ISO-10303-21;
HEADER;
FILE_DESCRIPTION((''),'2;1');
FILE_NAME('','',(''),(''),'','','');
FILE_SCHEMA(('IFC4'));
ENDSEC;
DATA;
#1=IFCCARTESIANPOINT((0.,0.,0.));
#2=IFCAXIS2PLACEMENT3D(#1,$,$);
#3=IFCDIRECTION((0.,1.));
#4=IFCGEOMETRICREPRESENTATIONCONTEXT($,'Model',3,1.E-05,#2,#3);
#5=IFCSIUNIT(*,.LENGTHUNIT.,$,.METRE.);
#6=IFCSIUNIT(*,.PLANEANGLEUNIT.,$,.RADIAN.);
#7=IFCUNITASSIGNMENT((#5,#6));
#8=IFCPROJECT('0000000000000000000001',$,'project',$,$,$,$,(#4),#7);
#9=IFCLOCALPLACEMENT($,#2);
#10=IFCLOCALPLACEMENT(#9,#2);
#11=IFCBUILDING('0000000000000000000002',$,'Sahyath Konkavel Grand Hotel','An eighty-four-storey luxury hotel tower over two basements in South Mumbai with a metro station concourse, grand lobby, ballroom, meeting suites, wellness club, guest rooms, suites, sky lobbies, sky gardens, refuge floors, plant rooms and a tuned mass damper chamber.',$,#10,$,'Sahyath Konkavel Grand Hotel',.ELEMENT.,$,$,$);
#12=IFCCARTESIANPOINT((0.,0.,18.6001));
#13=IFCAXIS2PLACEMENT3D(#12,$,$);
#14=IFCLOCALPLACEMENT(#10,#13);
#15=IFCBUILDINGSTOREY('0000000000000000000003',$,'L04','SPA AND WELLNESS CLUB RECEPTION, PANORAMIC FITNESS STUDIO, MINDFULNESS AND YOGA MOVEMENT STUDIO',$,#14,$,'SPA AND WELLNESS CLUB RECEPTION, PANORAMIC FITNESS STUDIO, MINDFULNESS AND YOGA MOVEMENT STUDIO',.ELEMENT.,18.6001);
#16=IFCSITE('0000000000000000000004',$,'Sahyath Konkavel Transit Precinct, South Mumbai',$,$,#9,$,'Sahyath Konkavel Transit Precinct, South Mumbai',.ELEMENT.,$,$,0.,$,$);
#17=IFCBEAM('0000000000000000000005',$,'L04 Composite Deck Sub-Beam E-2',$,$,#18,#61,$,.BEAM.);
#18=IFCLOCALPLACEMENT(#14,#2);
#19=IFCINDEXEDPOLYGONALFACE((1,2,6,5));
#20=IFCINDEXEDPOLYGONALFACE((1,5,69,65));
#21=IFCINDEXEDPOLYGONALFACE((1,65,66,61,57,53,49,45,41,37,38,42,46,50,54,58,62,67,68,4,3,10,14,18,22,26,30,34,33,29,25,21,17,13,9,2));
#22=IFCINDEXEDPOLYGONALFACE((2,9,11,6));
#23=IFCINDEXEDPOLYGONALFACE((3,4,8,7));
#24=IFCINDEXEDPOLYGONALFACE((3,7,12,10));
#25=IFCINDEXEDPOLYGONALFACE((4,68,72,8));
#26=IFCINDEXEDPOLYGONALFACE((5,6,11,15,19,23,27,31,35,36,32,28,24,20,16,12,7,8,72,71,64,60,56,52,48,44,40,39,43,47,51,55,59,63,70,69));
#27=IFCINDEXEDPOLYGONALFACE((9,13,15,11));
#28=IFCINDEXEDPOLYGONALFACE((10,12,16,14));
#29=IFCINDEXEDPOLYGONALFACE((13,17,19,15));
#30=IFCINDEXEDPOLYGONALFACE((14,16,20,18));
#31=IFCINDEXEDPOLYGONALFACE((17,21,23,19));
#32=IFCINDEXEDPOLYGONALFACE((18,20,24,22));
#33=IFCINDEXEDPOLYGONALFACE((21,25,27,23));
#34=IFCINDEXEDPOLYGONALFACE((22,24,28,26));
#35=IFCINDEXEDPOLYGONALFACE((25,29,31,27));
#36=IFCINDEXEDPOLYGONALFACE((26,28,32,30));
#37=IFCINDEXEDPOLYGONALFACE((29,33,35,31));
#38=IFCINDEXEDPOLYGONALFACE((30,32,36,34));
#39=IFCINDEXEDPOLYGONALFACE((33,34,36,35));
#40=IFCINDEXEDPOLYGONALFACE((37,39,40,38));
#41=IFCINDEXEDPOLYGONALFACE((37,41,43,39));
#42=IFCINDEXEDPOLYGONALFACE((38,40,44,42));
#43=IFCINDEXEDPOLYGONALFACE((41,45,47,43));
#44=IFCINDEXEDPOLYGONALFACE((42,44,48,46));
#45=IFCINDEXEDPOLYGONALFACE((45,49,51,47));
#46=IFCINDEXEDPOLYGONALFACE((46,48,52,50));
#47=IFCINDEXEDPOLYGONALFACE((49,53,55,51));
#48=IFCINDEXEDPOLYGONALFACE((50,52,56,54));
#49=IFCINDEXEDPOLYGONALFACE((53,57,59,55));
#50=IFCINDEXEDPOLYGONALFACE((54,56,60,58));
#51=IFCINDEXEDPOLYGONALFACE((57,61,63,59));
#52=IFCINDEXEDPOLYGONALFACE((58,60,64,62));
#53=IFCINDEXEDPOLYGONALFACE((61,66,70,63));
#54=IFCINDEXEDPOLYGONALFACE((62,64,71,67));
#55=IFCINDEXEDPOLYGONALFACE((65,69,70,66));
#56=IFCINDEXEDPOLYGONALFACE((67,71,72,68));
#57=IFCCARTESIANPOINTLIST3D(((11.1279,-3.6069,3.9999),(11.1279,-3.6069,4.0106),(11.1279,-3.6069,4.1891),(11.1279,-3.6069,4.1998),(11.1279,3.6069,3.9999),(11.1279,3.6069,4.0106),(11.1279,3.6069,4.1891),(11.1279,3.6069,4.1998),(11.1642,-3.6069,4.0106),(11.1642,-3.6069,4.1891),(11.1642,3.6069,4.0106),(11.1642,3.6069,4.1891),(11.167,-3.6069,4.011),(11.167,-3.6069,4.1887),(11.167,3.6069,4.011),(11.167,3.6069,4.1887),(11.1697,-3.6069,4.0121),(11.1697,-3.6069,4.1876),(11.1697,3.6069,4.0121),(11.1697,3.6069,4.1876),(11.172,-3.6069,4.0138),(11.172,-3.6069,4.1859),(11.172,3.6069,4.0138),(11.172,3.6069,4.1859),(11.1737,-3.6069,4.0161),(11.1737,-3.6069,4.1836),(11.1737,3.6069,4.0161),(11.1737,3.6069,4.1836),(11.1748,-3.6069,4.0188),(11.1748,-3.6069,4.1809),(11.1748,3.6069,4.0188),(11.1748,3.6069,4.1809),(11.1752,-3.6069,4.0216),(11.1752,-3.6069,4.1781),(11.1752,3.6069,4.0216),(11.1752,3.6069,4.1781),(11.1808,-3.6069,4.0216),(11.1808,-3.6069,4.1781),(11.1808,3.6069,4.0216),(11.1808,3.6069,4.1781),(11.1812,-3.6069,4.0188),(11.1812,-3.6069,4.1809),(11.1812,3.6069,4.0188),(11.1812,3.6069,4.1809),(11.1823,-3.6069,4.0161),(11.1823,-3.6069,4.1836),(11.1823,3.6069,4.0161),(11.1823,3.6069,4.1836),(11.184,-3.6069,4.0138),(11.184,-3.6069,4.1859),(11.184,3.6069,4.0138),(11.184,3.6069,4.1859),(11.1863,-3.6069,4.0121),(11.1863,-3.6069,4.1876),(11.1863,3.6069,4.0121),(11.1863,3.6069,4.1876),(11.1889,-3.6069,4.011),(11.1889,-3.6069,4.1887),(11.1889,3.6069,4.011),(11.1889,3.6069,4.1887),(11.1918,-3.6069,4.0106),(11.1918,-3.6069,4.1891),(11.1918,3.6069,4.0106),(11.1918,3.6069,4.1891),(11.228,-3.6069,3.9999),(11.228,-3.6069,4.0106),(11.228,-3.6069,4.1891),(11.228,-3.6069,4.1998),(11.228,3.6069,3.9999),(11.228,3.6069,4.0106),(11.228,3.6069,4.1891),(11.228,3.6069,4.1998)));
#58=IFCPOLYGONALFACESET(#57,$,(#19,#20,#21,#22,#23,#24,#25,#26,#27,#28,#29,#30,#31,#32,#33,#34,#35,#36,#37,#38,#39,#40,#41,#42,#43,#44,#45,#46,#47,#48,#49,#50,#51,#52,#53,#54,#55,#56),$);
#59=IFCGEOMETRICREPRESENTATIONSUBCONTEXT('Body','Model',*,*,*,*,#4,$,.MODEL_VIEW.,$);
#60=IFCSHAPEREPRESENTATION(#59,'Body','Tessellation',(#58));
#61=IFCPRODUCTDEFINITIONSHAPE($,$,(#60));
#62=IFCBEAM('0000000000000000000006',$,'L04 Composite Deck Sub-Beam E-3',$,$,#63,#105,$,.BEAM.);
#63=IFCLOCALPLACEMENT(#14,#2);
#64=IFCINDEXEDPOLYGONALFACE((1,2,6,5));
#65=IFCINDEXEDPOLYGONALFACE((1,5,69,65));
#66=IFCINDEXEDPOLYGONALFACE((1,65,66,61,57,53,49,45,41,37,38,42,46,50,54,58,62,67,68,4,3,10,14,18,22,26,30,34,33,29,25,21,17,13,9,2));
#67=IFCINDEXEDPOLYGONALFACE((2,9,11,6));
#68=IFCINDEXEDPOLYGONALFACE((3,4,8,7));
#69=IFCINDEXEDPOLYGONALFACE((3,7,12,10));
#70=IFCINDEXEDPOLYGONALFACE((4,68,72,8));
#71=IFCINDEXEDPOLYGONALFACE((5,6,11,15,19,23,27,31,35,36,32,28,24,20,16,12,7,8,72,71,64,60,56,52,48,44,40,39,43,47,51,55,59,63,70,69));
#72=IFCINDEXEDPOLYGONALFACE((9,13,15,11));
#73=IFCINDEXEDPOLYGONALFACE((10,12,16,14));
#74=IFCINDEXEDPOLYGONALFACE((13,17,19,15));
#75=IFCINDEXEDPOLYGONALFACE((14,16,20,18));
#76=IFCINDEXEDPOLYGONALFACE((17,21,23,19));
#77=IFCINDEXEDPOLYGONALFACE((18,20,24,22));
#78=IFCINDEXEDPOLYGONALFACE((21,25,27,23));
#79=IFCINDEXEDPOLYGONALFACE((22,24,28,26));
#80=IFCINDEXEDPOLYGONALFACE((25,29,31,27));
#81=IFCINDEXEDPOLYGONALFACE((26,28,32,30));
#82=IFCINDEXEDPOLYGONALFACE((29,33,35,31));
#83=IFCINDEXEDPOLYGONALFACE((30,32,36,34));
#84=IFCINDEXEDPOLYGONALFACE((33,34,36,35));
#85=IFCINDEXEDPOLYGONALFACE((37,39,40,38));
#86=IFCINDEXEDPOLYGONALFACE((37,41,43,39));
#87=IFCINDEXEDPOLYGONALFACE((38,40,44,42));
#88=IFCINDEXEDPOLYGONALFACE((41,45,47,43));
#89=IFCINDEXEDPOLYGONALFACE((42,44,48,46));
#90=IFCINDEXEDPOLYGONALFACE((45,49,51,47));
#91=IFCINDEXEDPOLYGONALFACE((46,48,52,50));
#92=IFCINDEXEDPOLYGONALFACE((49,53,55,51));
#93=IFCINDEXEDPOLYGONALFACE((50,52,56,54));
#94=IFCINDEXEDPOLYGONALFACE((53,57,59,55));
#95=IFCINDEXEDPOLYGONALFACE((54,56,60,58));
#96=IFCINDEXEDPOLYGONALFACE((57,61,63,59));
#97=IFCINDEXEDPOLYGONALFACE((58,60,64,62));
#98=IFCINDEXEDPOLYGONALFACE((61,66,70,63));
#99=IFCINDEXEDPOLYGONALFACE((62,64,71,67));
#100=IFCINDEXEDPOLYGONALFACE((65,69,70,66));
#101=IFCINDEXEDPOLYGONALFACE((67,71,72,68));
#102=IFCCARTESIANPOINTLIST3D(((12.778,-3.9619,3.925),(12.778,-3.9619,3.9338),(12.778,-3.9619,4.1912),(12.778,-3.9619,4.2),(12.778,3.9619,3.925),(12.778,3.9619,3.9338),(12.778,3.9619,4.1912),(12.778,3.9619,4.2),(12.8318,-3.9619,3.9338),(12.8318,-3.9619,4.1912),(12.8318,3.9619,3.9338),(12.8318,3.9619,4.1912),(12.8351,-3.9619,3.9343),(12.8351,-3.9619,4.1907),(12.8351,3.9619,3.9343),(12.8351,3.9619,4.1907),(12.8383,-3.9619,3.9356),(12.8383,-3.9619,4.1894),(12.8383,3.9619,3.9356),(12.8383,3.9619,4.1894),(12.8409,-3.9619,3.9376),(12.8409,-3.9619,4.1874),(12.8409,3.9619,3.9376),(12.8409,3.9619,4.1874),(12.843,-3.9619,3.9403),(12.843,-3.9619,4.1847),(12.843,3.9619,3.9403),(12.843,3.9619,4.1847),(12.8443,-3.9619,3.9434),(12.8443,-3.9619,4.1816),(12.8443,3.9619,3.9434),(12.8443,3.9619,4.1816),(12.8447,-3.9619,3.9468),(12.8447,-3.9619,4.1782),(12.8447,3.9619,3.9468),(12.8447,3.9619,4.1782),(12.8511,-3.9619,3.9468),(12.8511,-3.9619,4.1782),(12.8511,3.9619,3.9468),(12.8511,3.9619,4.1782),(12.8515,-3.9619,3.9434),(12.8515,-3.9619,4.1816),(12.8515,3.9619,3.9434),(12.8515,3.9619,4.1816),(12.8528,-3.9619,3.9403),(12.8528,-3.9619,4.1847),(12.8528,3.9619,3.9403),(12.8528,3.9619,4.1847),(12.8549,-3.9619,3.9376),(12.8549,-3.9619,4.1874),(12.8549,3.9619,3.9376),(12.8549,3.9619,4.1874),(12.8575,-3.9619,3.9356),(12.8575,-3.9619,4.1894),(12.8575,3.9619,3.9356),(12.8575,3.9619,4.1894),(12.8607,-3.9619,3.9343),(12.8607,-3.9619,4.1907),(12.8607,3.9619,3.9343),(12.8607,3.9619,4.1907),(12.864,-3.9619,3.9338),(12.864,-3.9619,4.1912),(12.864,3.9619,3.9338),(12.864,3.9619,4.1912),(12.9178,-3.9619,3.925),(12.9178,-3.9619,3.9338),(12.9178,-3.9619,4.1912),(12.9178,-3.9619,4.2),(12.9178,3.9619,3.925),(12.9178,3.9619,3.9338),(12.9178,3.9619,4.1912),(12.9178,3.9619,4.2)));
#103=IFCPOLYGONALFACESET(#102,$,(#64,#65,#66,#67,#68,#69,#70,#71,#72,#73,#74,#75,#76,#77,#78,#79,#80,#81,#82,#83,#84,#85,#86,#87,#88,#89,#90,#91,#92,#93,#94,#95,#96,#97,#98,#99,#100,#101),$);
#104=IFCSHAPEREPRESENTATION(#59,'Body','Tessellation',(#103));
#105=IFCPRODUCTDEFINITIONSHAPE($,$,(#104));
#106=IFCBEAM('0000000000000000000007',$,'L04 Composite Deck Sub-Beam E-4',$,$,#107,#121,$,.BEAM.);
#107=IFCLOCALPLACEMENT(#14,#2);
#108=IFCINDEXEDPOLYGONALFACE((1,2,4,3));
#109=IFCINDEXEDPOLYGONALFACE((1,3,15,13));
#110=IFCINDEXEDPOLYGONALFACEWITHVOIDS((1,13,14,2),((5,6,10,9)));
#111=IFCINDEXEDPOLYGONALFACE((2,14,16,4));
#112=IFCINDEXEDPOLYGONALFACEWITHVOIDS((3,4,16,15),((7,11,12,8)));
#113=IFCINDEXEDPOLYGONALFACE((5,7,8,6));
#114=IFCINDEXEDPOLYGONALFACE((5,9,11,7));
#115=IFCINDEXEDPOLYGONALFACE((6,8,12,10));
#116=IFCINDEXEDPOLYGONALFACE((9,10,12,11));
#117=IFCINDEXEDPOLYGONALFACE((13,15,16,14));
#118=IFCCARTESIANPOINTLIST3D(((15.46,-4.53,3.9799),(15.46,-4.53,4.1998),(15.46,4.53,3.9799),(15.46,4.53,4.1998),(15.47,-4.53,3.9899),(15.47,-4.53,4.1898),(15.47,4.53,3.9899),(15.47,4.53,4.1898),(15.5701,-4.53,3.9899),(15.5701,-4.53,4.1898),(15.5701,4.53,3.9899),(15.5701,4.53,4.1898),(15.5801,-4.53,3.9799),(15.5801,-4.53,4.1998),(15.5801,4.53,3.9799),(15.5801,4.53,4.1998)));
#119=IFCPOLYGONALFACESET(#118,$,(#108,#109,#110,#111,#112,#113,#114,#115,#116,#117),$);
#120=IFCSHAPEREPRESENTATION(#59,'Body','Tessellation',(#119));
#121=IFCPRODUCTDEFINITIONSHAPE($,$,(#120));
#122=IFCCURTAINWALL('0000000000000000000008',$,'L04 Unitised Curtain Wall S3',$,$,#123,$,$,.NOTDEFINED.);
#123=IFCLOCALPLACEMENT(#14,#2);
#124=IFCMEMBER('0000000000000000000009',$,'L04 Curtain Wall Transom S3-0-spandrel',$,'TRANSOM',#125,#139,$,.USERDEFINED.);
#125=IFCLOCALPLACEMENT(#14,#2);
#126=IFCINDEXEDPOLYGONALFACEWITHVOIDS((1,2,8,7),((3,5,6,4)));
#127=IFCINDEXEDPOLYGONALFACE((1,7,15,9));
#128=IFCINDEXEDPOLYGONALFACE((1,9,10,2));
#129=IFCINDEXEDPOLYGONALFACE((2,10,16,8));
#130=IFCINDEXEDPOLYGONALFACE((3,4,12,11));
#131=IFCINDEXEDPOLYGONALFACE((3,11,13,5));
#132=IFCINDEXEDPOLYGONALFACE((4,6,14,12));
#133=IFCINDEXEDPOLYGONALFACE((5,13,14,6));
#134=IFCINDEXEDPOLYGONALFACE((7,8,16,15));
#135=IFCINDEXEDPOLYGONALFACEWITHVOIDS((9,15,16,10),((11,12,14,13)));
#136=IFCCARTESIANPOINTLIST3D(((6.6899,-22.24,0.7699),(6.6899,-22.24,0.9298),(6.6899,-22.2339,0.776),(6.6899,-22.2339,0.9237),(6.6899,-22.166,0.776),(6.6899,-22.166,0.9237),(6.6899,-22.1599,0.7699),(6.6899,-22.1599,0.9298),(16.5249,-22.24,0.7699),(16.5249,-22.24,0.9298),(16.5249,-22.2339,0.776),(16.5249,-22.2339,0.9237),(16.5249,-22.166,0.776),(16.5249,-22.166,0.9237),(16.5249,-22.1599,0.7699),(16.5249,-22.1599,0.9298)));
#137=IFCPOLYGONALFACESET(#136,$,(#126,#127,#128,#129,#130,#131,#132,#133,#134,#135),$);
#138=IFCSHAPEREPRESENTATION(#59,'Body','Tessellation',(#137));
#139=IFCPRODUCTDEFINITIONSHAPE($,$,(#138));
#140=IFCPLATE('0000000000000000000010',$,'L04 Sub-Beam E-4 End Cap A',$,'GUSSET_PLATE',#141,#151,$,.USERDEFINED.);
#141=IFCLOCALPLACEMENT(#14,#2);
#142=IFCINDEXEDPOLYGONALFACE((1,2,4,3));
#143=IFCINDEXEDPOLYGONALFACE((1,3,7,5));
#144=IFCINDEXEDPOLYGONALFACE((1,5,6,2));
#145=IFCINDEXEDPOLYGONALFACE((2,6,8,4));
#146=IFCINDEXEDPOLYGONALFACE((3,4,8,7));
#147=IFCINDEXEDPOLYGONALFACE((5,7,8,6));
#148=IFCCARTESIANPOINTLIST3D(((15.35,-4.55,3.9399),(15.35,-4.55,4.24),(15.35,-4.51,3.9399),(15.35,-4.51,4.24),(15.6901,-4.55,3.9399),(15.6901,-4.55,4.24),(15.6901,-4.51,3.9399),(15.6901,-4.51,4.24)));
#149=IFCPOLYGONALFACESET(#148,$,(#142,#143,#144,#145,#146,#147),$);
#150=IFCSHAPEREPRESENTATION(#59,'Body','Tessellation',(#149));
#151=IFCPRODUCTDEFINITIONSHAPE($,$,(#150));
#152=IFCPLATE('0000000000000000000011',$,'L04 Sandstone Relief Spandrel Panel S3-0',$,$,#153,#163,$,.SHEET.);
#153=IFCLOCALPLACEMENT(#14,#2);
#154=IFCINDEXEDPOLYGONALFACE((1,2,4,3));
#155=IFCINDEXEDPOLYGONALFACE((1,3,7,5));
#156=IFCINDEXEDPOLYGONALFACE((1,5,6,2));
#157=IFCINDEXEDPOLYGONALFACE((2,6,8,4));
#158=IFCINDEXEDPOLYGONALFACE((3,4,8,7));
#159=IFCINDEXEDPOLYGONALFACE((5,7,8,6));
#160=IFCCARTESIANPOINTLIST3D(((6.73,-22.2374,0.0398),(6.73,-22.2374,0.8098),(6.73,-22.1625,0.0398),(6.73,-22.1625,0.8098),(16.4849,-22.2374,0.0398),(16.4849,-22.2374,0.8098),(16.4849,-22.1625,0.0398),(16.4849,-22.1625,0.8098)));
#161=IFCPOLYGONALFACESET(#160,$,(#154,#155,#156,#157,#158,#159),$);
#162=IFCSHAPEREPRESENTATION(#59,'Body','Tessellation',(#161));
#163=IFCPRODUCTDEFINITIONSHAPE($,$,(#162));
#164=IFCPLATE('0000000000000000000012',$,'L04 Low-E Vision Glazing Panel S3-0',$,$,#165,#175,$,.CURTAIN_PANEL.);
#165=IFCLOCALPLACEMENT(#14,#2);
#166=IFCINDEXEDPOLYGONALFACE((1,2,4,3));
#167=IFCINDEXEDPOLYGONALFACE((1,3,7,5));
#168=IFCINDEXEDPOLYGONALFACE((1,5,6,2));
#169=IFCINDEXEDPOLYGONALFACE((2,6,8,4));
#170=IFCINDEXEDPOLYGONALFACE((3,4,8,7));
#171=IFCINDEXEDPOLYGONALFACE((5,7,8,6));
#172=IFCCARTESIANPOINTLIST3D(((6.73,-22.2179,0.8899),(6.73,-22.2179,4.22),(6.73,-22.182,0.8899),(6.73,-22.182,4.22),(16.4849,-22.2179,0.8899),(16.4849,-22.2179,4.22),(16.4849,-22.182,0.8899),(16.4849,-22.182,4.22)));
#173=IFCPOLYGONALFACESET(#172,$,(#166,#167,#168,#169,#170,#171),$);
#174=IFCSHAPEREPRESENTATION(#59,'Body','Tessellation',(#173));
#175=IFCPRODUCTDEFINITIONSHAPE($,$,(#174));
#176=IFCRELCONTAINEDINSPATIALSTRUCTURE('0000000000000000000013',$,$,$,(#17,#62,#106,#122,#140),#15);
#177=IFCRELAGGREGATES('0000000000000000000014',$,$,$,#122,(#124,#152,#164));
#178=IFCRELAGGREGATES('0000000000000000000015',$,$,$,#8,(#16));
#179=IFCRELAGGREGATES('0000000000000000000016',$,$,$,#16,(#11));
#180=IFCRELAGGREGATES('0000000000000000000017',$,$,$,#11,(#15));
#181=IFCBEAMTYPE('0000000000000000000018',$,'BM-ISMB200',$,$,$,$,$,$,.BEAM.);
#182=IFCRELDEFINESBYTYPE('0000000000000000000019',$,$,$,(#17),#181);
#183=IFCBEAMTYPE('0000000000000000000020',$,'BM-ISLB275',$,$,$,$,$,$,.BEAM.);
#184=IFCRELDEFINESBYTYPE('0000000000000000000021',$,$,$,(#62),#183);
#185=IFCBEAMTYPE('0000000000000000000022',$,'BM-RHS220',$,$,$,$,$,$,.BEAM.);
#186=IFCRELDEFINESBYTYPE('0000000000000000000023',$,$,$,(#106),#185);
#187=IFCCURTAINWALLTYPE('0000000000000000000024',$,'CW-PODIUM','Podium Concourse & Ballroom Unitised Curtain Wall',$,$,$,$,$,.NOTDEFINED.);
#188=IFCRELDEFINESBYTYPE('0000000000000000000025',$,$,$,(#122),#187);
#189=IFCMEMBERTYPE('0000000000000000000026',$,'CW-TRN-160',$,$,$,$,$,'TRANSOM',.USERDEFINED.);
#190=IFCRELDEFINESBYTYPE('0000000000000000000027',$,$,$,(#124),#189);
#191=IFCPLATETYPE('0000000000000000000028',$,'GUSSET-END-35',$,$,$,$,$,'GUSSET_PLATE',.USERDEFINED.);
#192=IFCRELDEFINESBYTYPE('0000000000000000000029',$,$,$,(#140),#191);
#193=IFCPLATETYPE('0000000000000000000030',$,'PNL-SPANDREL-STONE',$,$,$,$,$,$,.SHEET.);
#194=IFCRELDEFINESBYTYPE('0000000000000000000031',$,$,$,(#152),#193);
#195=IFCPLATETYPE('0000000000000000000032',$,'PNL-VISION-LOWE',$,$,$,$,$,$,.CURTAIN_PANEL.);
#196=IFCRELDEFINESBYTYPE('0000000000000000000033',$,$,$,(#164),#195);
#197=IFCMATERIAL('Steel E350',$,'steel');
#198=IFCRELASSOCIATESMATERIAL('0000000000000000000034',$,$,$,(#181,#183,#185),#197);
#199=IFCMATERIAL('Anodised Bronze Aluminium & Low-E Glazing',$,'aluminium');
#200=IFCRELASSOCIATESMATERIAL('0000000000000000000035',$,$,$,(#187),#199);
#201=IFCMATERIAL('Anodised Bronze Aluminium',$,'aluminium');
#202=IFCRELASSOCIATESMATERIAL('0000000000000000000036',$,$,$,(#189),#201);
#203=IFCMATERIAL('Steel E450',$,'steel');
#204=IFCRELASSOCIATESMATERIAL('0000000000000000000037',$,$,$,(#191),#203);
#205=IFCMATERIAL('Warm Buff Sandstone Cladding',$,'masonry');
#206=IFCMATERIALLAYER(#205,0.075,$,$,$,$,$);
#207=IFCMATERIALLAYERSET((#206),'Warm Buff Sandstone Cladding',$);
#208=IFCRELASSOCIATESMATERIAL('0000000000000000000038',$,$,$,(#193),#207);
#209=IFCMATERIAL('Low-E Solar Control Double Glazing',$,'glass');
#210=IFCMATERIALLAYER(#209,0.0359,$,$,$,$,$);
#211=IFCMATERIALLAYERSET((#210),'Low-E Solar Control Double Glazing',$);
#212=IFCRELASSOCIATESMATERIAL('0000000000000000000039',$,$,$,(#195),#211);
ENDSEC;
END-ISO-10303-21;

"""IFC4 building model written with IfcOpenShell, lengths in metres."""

from ifc_helpers import new_model, si_unit, direction, frame, origin, origin_2d, place, context, subcontext, project, spatial, rectangle, hollow_rectangle, i_section, extrude, source, transform, mapped, material, layer, layer_set, material_profile, profile_set, type_object, element, aggregate, save


model = new_model("IFC4")

# Units and contexts
model_context = context("Model", 3, precision=1e-05, world=origin(), true_north=direction((0.0, 1.0)))
body_context = subcontext(model_context, "Body", "Model", "MODEL_VIEW")
ifc_project = project(units=[si_unit("LENGTHUNIT", "METRE"), si_unit("PLANEANGLEUNIT", "RADIAN")], contexts=[model_context])

# Site, building, storey
site_placement = place(None, origin())
site = spatial("IfcSite", under=ifc_project, at=site_placement, Name="Sahyath Konkavel Transit Precinct, South Mumbai", LongName="Sahyath Konkavel Transit Precinct, South Mumbai", CompositionType="ELEMENT", RefElevation=0.0)
building_placement = place(site_placement, origin())
building = spatial("IfcBuilding", under=site, at=building_placement, Name="Sahyath Konkavel Grand Hotel", Description="An eighty-four-storey luxury hotel tower over two basements in South Mumbai with a metro station concourse, grand lobby, ballroom, meeting suites, wellness club, guest rooms, suites, sky lobbies, sky gardens, refuge floors, plant rooms and a tuned mass damper chamber.", LongName="Sahyath Konkavel Grand Hotel", CompositionType="ELEMENT")
storey_placement = place(building_placement, frame((0.0, 0.0, 18.6001)))
storey = spatial("IfcBuildingStorey", under=building, at=storey_placement, Name="L04", Description="SPA AND WELLNESS CLUB RECEPTION, PANORAMIC FITNESS STUDIO, MINDFULNESS AND YOGA MOVEMENT STUDIO", LongName="SPA AND WELLNESS CLUB RECEPTION, PANORAMIC FITNESS STUDIO, MINDFULNESS AND YOGA MOVEMENT STUDIO", CompositionType="ELEMENT", Elevation=18.6001)

# Shared definitions
ifc_material_1 = material(Name="Steel E350", Category="steel")

# Beams
ifc_material_profile_1 = material_profile(ifc_material_1, i_section(OverallWidth=0.1001, OverallDepth=0.2, WebThickness=0.0056, FlangeThickness=0.0107, FilletRadius=0.011, at=origin_2d()), Name="ISMB 200")
ifc_profile_set_1 = profile_set([ifc_material_profile_1], Name="Steel E350")
beam_type_1 = type_object("IfcBeamType", Name="BM-ISMB200", PredefinedType="BEAM", material=ifc_profile_set_1)
shared_shape_1 = source(origin(), body_context, "Body", "SweptSolid", [
    extrude(i_section(OverallWidth=0.1001, OverallDepth=0.2, WebThickness=0.0056, FlangeThickness=0.0107, FilletRadius=0.011, at=origin_2d()), origin(), (0.0, 0.0, 1.0), 7.2139),
])
beam_1_placement = place(storey_placement, frame((11.178, -3.6069, 4.0999), z_axis=(0.0, 1.0, 0.0), x_axis=(-1.0, 0.0, 0.0)))
element("IfcBeam", 1, at=beam_1_placement, inside=storey, type_object=beam_type_1, Name="L04 Composite Deck Sub-Beam E-2", PredefinedType="BEAM", context=body_context, shape_type="MappedRepresentation", body=[
    mapped(shared_shape_1, transform((0.0, 0.0, 0.0), scale=1.0)),
])
ifc_material_profile_2 = material_profile(ifc_material_1, i_section(OverallWidth=0.1399, OverallDepth=0.2749, WebThickness=0.0063, FlangeThickness=0.0088, FilletRadius=0.0129, at=origin_2d()), Name="ISLB 275")
ifc_profile_set_2 = profile_set([ifc_material_profile_2], Name="Steel E350")
beam_type_2 = type_object("IfcBeamType", Name="BM-ISLB275", PredefinedType="BEAM", material=ifc_profile_set_2)
shared_shape_2 = source(origin(), body_context, "Body", "SweptSolid", [
    extrude(i_section(OverallWidth=0.1399, OverallDepth=0.2749, WebThickness=0.0063, FlangeThickness=0.0088, FilletRadius=0.0129, at=origin_2d()), origin(), (0.0, 0.0, 1.0), 7.9238),
])
beam_2_placement = place(storey_placement, frame((12.8479, -3.9619, 4.0625), z_axis=(0.0, 1.0, 0.0), x_axis=(-1.0, 0.0, 0.0)))
element("IfcBeam", 2, at=beam_2_placement, inside=storey, type_object=beam_type_2, Name="L04 Composite Deck Sub-Beam E-3", PredefinedType="BEAM", context=body_context, shape_type="MappedRepresentation", body=[
    mapped(shared_shape_2, transform((0.0, 0.0, 0.0), scale=1.0)),
])
ifc_material_profile_3 = material_profile(ifc_material_1, hollow_rectangle(XDim=0.1201, YDim=0.22, WallThickness=0.01, at=origin_2d()), Name="RHS 220x120x10")
ifc_profile_set_3 = profile_set([ifc_material_profile_3], Name="Steel E350")
beam_type_3 = type_object("IfcBeamType", Name="BM-RHS220", PredefinedType="BEAM", material=ifc_profile_set_3)
shared_shape_3 = source(origin(), body_context, "Body", "SweptSolid", [
    extrude(hollow_rectangle(XDim=0.1201, YDim=0.22, WallThickness=0.01, at=origin_2d()), origin(), (0.0, 0.0, 1.0), 9.0601),
])
beam_3_placement = place(storey_placement, frame((15.52, -4.53, 4.0898), z_axis=(0.0, 1.0, 0.0), x_axis=(-1.0, 0.0, 0.0)))
element("IfcBeam", 3, at=beam_3_placement, inside=storey, type_object=beam_type_3, Name="L04 Composite Deck Sub-Beam E-4", PredefinedType="BEAM", context=body_context, shape_type="MappedRepresentation", body=[
    mapped(shared_shape_3, transform((0.0, 0.0, 0.0), scale=1.0)),
])

# Curtain wall, member
ifc_material_2 = material(Name="Anodised Bronze Aluminium & Low-E Glazing", Category="aluminium")
curtain_wall_type = type_object("IfcCurtainWallType", Name="CW-PODIUM", Description="Podium Concourse & Ballroom Unitised Curtain Wall", PredefinedType="NOTDEFINED", material=ifc_material_2)
curtain_wall_placement = place(storey_placement, origin())
curtain_wall = element("IfcCurtainWall", 4, at=curtain_wall_placement, inside=storey, type_object=curtain_wall_type, Name="L04 Unitised Curtain Wall S3", PredefinedType="NOTDEFINED")
ifc_material_3 = material(Name="Anodised Bronze Aluminium", Category="aluminium")
ifc_material_profile_4 = material_profile(ifc_material_3, hollow_rectangle(XDim=0.0801, YDim=0.1599, WallThickness=0.0061, at=origin_2d()), Name="RHS 160x80x6")
ifc_profile_set_4 = profile_set([ifc_material_profile_4], Name="Anodised Bronze Aluminium")
member_type = type_object("IfcMemberType", Name="CW-TRN-160", ElementType="TRANSOM", PredefinedType="USERDEFINED", material=ifc_profile_set_4)
shared_shape_4 = source(origin(), body_context, "Body", "SweptSolid", [
    extrude(hollow_rectangle(XDim=0.0801, YDim=0.1599, WallThickness=0.0061, at=origin_2d()), origin(), (0.0, 0.0, 1.0), 9.835),
])
member_placement = place(storey_placement, frame((6.6899, -22.2, 0.8499), z_axis=(1.0, 0.0, 0.0), x_axis=(0.0, 1.0, 0.0)))
member = element("IfcMember", 5, at=member_placement, type_object=member_type, Name="L04 Curtain Wall Transom S3-0-spandrel", ObjectType="TRANSOM", PredefinedType="USERDEFINED", context=body_context, shape_type="MappedRepresentation", body=[
    mapped(shared_shape_4, transform((0.0, 0.0, 0.0), scale=1.0)),
])

# Plates
ifc_material_4 = material(Name="Steel E450", Category="steel")
plate_type_1 = type_object("IfcPlateType", Name="GUSSET-END-35", ElementType="GUSSET_PLATE", PredefinedType="USERDEFINED", material=ifc_material_4)
shared_shape_5 = source(origin(), body_context, "Body", "SweptSolid", [
    extrude(rectangle(XDim=0.04, YDim=0.3401, at=origin_2d()), origin(), (0.0, 0.0, 1.0), 0.3),
])
plate_1_placement = place(storey_placement, frame((15.52, -4.53, 3.9399), z_axis=(0.0, 0.0, 1.0), x_axis=(0.0, 1.0, 0.0)))
element("IfcPlate", 6, at=plate_1_placement, inside=storey, type_object=plate_type_1, Name="L04 Sub-Beam E-4 End Cap A", ObjectType="GUSSET_PLATE", PredefinedType="USERDEFINED", context=body_context, shape_type="MappedRepresentation", body=[
    mapped(shared_shape_5, transform((0.0, 0.0, 0.0), scale=1.0)),
])
ifc_material_5 = material(Name="Warm Buff Sandstone Cladding", Category="masonry")
ifc_layer_1 = layer(ifc_material_5, 0.075)
ifc_layer_set_1 = layer_set([ifc_layer_1], Name="Warm Buff Sandstone Cladding")
plate_type_2 = type_object("IfcPlateType", Name="PNL-SPANDREL-STONE", PredefinedType="SHEET", material=ifc_layer_set_1)
shared_shape_6 = source(origin(), body_context, "Body", "SweptSolid", [
    extrude(rectangle(XDim=9.7549, YDim=0.075, at=origin_2d()), origin(), (0.0, 0.0, 1.0), 0.77),
])
plate_2_placement = place(storey_placement, frame((11.6074, -22.2, 0.0398), z_axis=(0.0, 0.0, 1.0), x_axis=(1.0, 0.0, 0.0)))
plate_2 = element("IfcPlate", 7, at=plate_2_placement, type_object=plate_type_2, Name="L04 Sandstone Relief Spandrel Panel S3-0", PredefinedType="SHEET", context=body_context, shape_type="MappedRepresentation", body=[
    mapped(shared_shape_6, transform((0.0, 0.0, 0.0), scale=1.0)),
])
ifc_material_6 = material(Name="Low-E Solar Control Double Glazing", Category="glass")
ifc_layer_2 = layer(ifc_material_6, 0.0359)
ifc_layer_set_2 = layer_set([ifc_layer_2], Name="Low-E Solar Control Double Glazing")
plate_type_3 = type_object("IfcPlateType", Name="PNL-VISION-LOWE", PredefinedType="CURTAIN_PANEL", material=ifc_layer_set_2)
shared_shape_7 = source(origin(), body_context, "Body", "SweptSolid", [
    extrude(rectangle(XDim=9.7549, YDim=0.0359, at=origin_2d()), origin(), (0.0, 0.0, 1.0), 3.3301),
])
plate_3_placement = place(storey_placement, frame((11.6074, -22.2, 0.8899), z_axis=(0.0, 0.0, 1.0), x_axis=(1.0, 0.0, 0.0)))
plate_3 = element("IfcPlate", 8, at=plate_3_placement, type_object=plate_type_3, Name="L04 Low-E Vision Glazing Panel S3-0", PredefinedType="CURTAIN_PANEL", context=body_context, shape_type="MappedRepresentation", body=[
    mapped(shared_shape_7, transform((0.0, 0.0, 0.0), scale=1.0)),
])
aggregate(curtain_wall, [member, plate_2, plate_3])

save(model, "model.ifc")
